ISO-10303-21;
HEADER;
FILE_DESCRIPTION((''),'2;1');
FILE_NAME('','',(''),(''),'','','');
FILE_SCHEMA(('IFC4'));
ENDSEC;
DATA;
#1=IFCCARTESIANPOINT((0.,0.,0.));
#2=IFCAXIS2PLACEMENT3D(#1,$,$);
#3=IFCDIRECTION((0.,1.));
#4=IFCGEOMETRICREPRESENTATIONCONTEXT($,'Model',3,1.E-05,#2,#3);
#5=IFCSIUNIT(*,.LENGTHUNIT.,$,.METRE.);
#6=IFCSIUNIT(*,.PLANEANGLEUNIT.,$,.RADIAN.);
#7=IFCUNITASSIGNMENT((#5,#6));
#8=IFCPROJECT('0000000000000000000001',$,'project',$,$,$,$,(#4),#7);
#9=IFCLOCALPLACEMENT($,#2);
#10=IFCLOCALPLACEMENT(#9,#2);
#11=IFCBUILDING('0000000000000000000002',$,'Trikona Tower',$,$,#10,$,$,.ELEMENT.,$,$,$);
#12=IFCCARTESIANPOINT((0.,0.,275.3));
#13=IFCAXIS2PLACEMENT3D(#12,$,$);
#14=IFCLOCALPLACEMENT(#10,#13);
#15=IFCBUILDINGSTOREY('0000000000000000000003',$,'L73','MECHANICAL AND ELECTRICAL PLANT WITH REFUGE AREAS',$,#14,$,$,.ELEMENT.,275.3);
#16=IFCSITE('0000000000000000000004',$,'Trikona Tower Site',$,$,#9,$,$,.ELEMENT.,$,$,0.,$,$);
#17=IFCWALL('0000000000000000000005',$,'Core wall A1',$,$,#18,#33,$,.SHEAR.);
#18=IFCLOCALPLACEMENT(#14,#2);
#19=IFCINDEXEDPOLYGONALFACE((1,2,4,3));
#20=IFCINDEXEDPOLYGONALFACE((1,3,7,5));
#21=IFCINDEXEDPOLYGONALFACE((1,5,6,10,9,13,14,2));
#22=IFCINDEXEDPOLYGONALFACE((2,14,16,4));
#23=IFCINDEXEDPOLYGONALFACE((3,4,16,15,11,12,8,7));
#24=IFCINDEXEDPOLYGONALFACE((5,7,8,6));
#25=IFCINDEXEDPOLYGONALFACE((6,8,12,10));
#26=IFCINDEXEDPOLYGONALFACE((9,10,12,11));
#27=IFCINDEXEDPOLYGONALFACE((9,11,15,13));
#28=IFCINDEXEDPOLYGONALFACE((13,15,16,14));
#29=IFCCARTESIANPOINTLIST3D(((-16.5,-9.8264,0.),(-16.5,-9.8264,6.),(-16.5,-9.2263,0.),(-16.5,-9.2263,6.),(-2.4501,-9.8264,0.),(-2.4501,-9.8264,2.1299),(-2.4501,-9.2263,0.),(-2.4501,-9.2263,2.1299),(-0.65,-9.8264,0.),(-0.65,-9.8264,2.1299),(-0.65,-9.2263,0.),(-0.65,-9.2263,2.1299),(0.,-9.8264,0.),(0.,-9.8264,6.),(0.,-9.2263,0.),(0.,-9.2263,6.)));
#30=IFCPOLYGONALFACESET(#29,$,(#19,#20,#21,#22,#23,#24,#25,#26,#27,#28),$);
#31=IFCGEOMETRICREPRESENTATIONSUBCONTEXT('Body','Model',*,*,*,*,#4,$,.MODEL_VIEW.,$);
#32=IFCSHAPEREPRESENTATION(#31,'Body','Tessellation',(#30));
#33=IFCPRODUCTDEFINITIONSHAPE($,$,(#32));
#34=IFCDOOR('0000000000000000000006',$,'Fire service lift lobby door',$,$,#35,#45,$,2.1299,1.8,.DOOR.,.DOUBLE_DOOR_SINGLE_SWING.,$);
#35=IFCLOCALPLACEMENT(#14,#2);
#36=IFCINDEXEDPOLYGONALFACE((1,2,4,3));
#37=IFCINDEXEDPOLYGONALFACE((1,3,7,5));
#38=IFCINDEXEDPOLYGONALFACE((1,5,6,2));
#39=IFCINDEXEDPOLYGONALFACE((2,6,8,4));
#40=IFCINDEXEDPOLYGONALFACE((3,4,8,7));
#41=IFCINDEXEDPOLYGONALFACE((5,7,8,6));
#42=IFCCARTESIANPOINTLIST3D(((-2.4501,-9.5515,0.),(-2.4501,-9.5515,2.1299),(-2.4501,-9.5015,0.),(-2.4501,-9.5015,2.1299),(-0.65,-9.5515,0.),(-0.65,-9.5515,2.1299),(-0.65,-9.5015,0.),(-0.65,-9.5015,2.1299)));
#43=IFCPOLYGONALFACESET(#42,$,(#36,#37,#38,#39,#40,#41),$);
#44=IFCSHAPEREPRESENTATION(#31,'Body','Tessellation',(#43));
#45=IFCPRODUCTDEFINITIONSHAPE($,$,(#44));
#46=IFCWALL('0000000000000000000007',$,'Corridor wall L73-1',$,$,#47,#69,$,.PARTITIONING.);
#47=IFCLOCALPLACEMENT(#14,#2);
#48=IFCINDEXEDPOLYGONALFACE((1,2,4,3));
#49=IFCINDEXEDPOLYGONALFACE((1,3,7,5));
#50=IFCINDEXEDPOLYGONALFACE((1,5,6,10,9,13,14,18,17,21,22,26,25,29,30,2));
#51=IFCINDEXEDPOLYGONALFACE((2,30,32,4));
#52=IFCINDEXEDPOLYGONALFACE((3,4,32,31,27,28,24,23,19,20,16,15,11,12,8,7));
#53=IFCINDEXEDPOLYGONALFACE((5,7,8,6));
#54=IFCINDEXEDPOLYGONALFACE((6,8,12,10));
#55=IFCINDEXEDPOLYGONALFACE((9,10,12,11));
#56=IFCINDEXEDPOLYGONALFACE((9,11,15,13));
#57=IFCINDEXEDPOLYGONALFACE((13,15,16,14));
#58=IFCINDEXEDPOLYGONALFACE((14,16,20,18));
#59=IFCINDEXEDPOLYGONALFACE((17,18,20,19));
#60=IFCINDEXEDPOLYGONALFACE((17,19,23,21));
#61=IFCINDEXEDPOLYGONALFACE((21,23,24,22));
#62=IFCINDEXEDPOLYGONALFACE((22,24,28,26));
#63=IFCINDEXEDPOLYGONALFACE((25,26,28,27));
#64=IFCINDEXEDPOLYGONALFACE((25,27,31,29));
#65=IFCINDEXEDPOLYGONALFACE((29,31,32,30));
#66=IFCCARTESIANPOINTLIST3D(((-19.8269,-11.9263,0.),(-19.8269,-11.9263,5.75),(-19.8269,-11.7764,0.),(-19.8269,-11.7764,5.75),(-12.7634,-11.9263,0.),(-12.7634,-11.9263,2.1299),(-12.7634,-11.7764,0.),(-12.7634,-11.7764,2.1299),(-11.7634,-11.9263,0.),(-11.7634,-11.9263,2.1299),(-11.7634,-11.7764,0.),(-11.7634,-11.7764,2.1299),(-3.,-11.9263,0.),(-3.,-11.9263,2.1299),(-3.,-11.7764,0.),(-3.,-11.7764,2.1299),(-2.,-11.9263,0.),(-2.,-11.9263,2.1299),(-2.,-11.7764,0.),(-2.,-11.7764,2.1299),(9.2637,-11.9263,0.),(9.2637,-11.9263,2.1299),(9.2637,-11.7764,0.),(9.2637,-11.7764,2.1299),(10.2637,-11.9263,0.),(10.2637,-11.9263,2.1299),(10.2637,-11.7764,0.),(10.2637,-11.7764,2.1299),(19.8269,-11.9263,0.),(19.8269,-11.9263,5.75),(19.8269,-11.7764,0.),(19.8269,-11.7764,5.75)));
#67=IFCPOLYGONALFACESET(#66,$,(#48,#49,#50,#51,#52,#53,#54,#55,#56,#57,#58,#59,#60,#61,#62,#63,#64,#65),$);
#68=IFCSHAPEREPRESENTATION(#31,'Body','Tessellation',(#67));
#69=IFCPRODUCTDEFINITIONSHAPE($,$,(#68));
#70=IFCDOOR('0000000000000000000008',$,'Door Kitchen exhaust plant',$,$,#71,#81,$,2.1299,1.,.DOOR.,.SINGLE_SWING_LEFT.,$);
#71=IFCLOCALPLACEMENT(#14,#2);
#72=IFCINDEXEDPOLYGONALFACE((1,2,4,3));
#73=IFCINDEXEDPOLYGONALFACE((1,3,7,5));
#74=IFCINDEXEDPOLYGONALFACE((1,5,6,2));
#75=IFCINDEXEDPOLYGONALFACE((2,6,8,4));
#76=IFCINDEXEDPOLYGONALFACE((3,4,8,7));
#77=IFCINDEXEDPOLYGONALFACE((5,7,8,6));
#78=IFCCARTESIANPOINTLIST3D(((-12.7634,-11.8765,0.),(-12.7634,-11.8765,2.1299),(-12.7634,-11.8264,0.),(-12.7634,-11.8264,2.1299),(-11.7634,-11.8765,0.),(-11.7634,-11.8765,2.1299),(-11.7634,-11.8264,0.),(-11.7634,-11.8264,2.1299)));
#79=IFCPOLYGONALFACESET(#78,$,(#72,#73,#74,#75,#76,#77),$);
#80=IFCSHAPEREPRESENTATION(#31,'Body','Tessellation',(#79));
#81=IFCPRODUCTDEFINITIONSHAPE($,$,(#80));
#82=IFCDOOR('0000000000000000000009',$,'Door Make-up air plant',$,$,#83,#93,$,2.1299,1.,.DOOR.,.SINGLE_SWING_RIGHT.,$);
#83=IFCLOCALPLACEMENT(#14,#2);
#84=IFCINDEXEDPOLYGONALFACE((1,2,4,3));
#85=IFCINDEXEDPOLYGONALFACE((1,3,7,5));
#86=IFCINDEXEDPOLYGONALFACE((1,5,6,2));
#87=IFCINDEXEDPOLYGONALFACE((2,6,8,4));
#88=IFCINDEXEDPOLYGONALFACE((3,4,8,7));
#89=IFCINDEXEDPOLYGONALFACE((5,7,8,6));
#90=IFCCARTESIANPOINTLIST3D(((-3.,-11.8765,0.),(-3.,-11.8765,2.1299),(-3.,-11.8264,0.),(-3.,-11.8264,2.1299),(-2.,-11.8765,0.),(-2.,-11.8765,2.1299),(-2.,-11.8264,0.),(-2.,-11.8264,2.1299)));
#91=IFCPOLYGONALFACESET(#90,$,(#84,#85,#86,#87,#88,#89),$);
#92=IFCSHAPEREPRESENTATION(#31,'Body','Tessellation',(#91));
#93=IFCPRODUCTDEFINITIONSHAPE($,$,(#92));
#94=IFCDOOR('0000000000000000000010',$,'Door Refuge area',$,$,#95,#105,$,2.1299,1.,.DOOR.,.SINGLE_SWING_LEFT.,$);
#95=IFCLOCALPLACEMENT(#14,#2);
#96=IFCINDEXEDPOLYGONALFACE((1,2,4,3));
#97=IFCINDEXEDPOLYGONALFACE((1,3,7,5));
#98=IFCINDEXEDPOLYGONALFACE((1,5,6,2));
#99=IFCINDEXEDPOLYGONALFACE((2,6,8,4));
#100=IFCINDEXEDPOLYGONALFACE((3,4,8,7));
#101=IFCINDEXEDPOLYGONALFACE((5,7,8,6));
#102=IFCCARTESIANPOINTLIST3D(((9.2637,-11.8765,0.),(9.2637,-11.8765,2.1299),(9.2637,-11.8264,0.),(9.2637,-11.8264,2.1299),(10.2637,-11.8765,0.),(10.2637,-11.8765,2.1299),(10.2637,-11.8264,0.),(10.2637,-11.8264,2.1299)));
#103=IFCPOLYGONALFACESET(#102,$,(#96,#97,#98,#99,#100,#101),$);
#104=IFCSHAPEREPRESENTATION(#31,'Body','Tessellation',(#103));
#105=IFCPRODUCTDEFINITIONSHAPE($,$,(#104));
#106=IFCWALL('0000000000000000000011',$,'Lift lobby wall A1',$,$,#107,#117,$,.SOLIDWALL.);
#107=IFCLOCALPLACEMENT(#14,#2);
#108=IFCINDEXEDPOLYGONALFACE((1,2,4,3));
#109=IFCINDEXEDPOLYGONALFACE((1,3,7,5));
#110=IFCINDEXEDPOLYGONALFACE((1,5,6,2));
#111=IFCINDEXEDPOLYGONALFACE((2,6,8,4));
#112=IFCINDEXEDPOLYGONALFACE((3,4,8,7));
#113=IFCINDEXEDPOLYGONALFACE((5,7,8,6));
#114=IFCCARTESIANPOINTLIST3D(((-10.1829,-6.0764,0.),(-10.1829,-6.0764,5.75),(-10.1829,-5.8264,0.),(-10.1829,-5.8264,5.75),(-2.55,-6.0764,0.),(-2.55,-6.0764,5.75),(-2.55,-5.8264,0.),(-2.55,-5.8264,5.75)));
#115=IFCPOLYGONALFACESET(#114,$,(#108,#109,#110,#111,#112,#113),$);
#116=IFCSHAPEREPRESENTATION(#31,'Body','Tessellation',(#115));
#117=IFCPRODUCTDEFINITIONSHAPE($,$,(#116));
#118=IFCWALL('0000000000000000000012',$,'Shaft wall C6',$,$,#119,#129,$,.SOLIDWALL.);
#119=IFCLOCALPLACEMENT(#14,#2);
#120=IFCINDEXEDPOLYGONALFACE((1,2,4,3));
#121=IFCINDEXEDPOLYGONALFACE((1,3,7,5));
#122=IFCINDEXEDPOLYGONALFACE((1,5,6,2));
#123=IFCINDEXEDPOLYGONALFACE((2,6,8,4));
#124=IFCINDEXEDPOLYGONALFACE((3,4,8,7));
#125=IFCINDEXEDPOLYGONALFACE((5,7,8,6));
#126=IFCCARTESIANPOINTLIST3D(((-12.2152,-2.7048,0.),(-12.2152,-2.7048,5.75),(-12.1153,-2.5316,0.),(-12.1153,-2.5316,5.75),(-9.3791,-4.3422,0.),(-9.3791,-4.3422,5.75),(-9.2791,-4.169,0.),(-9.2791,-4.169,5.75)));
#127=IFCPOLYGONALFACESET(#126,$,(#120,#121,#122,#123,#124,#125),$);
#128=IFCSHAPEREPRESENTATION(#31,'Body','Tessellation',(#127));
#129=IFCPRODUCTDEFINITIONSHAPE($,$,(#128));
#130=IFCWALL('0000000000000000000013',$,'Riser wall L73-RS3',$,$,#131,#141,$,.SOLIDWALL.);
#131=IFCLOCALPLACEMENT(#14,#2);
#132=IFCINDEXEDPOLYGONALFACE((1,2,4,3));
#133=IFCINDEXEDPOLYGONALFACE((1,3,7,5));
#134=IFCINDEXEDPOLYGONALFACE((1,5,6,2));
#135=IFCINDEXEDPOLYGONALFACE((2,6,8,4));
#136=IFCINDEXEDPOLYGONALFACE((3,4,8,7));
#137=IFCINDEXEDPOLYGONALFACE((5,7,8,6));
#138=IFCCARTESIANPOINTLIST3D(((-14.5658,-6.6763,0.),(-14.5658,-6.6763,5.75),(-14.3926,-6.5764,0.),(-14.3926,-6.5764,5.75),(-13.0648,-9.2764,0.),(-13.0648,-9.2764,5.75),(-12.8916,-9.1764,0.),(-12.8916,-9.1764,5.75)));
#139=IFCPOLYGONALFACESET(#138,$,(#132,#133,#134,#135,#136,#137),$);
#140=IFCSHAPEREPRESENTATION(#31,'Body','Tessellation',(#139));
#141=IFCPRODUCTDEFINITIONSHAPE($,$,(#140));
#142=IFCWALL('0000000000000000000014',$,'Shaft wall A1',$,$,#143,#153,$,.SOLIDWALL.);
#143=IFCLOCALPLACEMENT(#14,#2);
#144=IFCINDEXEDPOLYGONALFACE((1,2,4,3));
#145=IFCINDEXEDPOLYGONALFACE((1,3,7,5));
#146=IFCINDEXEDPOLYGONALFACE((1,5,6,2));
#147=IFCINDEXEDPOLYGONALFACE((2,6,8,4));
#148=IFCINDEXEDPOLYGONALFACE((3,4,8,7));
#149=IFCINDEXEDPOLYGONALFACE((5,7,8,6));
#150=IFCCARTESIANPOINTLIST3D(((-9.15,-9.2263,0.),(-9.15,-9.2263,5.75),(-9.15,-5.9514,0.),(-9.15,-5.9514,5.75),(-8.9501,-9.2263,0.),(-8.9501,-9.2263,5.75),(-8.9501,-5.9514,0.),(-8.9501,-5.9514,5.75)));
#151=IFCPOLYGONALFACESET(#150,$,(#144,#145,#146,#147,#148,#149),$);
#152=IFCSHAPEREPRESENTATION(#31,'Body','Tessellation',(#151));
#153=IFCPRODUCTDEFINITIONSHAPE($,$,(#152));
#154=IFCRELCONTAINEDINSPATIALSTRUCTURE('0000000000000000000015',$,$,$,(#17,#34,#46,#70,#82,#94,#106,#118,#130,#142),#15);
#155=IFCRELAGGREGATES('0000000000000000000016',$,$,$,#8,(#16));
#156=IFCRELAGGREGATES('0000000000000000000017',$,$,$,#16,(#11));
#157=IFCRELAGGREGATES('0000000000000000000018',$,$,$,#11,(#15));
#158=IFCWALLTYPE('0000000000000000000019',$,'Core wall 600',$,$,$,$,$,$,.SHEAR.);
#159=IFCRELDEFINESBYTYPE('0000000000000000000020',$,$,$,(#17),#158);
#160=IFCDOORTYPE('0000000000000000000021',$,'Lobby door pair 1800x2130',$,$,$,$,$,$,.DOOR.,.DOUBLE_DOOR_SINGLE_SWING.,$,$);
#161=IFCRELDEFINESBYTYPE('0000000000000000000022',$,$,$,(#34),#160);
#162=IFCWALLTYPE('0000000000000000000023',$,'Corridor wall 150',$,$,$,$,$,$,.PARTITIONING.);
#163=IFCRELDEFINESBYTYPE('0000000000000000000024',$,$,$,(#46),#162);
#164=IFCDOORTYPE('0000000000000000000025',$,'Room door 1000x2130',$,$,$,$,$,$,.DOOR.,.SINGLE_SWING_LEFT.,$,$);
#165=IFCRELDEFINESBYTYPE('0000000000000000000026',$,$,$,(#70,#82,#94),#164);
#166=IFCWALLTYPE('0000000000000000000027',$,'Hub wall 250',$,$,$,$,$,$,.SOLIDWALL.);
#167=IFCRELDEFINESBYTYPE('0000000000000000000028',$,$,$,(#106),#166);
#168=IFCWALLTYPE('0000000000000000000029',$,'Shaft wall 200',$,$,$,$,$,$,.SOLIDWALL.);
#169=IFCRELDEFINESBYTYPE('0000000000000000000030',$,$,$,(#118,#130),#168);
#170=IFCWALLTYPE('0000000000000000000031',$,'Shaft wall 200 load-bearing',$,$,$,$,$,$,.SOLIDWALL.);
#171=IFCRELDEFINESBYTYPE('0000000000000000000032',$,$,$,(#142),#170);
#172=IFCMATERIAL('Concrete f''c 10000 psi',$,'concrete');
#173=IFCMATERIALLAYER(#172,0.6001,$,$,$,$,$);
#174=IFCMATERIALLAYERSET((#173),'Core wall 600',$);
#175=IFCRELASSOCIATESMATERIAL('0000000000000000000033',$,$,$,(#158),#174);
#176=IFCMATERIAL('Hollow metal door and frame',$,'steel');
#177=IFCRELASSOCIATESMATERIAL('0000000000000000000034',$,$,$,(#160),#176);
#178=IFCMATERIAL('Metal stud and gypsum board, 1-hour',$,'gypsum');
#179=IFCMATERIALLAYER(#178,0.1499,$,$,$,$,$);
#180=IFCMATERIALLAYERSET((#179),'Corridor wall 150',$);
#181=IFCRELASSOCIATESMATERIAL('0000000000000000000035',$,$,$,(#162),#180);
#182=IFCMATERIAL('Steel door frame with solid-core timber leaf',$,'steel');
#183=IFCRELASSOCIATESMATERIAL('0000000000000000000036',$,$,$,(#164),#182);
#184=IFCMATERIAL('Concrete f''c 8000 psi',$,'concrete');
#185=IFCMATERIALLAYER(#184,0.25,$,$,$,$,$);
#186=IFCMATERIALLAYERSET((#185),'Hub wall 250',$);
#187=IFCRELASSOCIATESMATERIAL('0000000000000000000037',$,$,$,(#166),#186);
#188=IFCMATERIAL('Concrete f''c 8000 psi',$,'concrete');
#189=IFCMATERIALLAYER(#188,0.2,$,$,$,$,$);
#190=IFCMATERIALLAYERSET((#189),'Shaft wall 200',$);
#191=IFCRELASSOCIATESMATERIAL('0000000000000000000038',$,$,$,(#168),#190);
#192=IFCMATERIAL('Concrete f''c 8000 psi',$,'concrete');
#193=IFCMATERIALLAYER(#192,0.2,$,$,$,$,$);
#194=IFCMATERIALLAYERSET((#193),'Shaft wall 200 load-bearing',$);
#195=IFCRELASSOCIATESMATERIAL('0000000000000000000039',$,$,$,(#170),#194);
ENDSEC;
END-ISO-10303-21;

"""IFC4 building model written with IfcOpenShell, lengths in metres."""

from ifc_helpers import new_model, si_unit, direction, frame, frame_2d, origin, place, context, subcontext, project, spatial, rectangle, extrude, material, layer, layer_set, type_object, element, fill, save


model = new_model("IFC4")

# Units and contexts
model_context = context("Model", 3, precision=1e-05, world=origin(), true_north=direction((0.0, 1.0)))
body_context = subcontext(model_context, "Body", "Model", "MODEL_VIEW")
ifc_project = project(units=[si_unit("LENGTHUNIT", "METRE"), si_unit("PLANEANGLEUNIT", "RADIAN")], contexts=[model_context])

# Site, building, storey
site_placement = place(None, origin())
site = spatial("IfcSite", under=ifc_project, at=site_placement, Name="Trikona Tower Site", CompositionType="ELEMENT", RefElevation=0.0)
building_placement = place(site_placement, origin())
building = spatial("IfcBuilding", under=site, at=building_placement, Name="Trikona Tower", CompositionType="ELEMENT")
storey_placement = place(building_placement, frame((0.0, 0.0, 275.3)))
storey = spatial("IfcBuildingStorey", under=building, at=storey_placement, Name="L73", Description="MECHANICAL AND ELECTRICAL PLANT WITH REFUGE AREAS", CompositionType="ELEMENT", Elevation=275.3)

# Wall, opening, door
ifc_material_1 = material(Name="Concrete f'c 10000 psi", Category="concrete")
ifc_layer_1 = layer(ifc_material_1, 0.6001)
ifc_layer_set_1 = layer_set([ifc_layer_1], Name="Core wall 600")
wall_type_1 = type_object("IfcWallType", Name="Core wall 600", PredefinedType="SHEAR", material=ifc_layer_set_1)
wall_1_placement = place(storey_placement, frame((-16.5, -9.5264, 0.0), z_axis=(0.0, 0.0, 1.0), x_axis=(1.0, 0.0, 0.0)))
wall_1 = element("IfcWall", 1, at=wall_1_placement, inside=storey, type_object=wall_type_1, Name="Core wall A1", PredefinedType="SHEAR", context=body_context, shape_type="SweptSolid", body=[
    extrude(rectangle(XDim=16.5, YDim=0.6001, at=frame_2d((8.25, 0.0))), origin(), (0.0, 0.0, 1.0), 6.0),
])
opening_1_placement = place(wall_1_placement, frame((14.05, 0.0, 0.0)))
opening_1 = element("IfcOpeningElement", 2, at=opening_1_placement, cuts=wall_1, PredefinedType="OPENING", context=body_context, shape_type="SweptSolid", body=[
    extrude(rectangle(XDim=1.8, YDim=2.1299, at=frame_2d((0.8999, 1.0649))), frame((0.0, 0.3101, 0.0), z_axis=(0.0, -1.0, 0.0), x_axis=(1.0, 0.0, 0.0)), (0.0, 0.0, 1.0), 0.6201),
])
ifc_material_2 = material(Name="Hollow metal door and frame", Category="steel")
door_type_1 = type_object("IfcDoorType", Name="Lobby door pair 1800x2130", OperationType="DOUBLE_DOOR_SINGLE_SWING", PredefinedType="DOOR", material=ifc_material_2)
door_1_placement = place(opening_1_placement, origin())
door_1 = element("IfcDoor", 3, at=door_1_placement, inside=storey, type_object=door_type_1, Name="Fire service lift lobby door", OperationType="DOUBLE_DOOR_SINGLE_SWING", OverallHeight=2.1299, OverallWidth=1.8, PredefinedType="DOOR", context=body_context, shape_type="SweptSolid", body=[
    extrude(rectangle(XDim=1.8, YDim=2.1299, at=frame_2d((0.8999, 1.0649))), frame((0.0, 0.0249, 0.0), z_axis=(0.0, -1.0, 0.0), x_axis=(1.0, 0.0, 0.0)), (0.0, 0.0, 1.0), 0.05),
])
fill(opening_1, door_1)

# Wall, openings, doors
ifc_material_3 = material(Name="Metal stud and gypsum board, 1-hour", Category="gypsum")
ifc_layer_2 = layer(ifc_material_3, 0.1499)
ifc_layer_set_2 = layer_set([ifc_layer_2], Name="Corridor wall 150")
wall_type_2 = type_object("IfcWallType", Name="Corridor wall 150", PredefinedType="PARTITIONING", material=ifc_layer_set_2)
wall_2_placement = place(storey_placement, frame((-19.8269, -11.8513, 0.0), z_axis=(0.0, 0.0, 1.0), x_axis=(1.0, 0.0, 0.0)))
wall_2 = element("IfcWall", 4, at=wall_2_placement, inside=storey, type_object=wall_type_2, Name="Corridor wall L73-1", PredefinedType="PARTITIONING", context=body_context, shape_type="SweptSolid", body=[
    extrude(rectangle(XDim=39.6538, YDim=0.1499, at=frame_2d((19.8269, 0.0))), origin(), (0.0, 0.0, 1.0), 5.75),
])
opening_2_placement = place(wall_2_placement, frame((7.0635, 0.0, 0.0)))
opening_2 = element("IfcOpeningElement", 5, at=opening_2_placement, cuts=wall_2, PredefinedType="OPENING", context=body_context, shape_type="SweptSolid", body=[
    extrude(rectangle(XDim=1.0, YDim=2.1299, at=frame_2d((0.5, 1.0649))), frame((0.0, 0.085, 0.0), z_axis=(0.0, -1.0, 0.0), x_axis=(1.0, 0.0, 0.0)), (0.0, 0.0, 1.0), 0.1699),
])
opening_3_placement = place(wall_2_placement, frame((16.8269, 0.0, 0.0)))
opening_3 = element("IfcOpeningElement", 6, at=opening_3_placement, cuts=wall_2, PredefinedType="OPENING", context=body_context, shape_type="SweptSolid", body=[
    extrude(rectangle(XDim=1.0, YDim=2.1299, at=frame_2d((0.5, 1.0649))), frame((0.0, 0.085, 0.0), z_axis=(0.0, -1.0, 0.0), x_axis=(1.0, 0.0, 0.0)), (0.0, 0.0, 1.0), 0.1699),
])
opening_4_placement = place(wall_2_placement, frame((29.0906, 0.0, 0.0)))
opening_4 = element("IfcOpeningElement", 7, at=opening_4_placement, cuts=wall_2, PredefinedType="OPENING", context=body_context, shape_type="SweptSolid", body=[
    extrude(rectangle(XDim=1.0, YDim=2.1299, at=frame_2d((0.5, 1.0649))), frame((0.0, 0.085, 0.0), z_axis=(0.0, -1.0, 0.0), x_axis=(1.0, 0.0, 0.0)), (0.0, 0.0, 1.0), 0.1699),
])
ifc_material_4 = material(Name="Steel door frame with solid-core timber leaf", Category="steel")
door_type_2 = type_object("IfcDoorType", Name="Room door 1000x2130", OperationType="SINGLE_SWING_LEFT", PredefinedType="DOOR", material=ifc_material_4)
door_2_placement = place(opening_2_placement, origin())
door_2 = element("IfcDoor", 8, at=door_2_placement, inside=storey, type_object=door_type_2, Name="Door Kitchen exhaust plant", OperationType="SINGLE_SWING_LEFT", OverallHeight=2.1299, OverallWidth=1.0, PredefinedType="DOOR", context=body_context, shape_type="SweptSolid", body=[
    extrude(rectangle(XDim=1.0, YDim=2.1299, at=frame_2d((0.5, 1.0649))), frame((0.0, 0.0249, 0.0), z_axis=(0.0, -1.0, 0.0), x_axis=(1.0, 0.0, 0.0)), (0.0, 0.0, 1.0), 0.05),
])
fill(opening_2, door_2)
door_3_placement = place(opening_3_placement, origin())
door_3 = element("IfcDoor", 9, at=door_3_placement, inside=storey, type_object=door_type_2, Name="Door Make-up air plant", OperationType="SINGLE_SWING_RIGHT", OverallHeight=2.1299, OverallWidth=1.0, PredefinedType="DOOR", context=body_context, shape_type="SweptSolid", body=[
    extrude(rectangle(XDim=1.0, YDim=2.1299, at=frame_2d((0.5, 1.0649))), frame((0.0, 0.0249, 0.0), z_axis=(0.0, -1.0, 0.0), x_axis=(1.0, 0.0, 0.0)), (0.0, 0.0, 1.0), 0.05),
])
fill(opening_3, door_3)
door_4_placement = place(opening_4_placement, origin())
door_4 = element("IfcDoor", 10, at=door_4_placement, inside=storey, type_object=door_type_2, Name="Door Refuge area", OperationType="SINGLE_SWING_LEFT", OverallHeight=2.1299, OverallWidth=1.0, PredefinedType="DOOR", context=body_context, shape_type="SweptSolid", body=[
    extrude(rectangle(XDim=1.0, YDim=2.1299, at=frame_2d((0.5, 1.0649))), frame((0.0, 0.0249, 0.0), z_axis=(0.0, -1.0, 0.0), x_axis=(1.0, 0.0, 0.0)), (0.0, 0.0, 1.0), 0.05),
])
fill(opening_4, door_4)

# Walls
ifc_material_5 = material(Name="Concrete f'c 8000 psi", Category="concrete")
ifc_layer_3 = layer(ifc_material_5, 0.25)
ifc_layer_set_3 = layer_set([ifc_layer_3], Name="Hub wall 250")
wall_type_3 = type_object("IfcWallType", Name="Hub wall 250", PredefinedType="SOLIDWALL", material=ifc_layer_set_3)
wall_3_placement = place(storey_placement, frame((-10.1829, -5.9514, 0.0), z_axis=(0.0, 0.0, 1.0), x_axis=(1.0, 0.0, 0.0)))
element("IfcWall", 11, at=wall_3_placement, inside=storey, type_object=wall_type_3, Name="Lift lobby wall A1", PredefinedType="SOLIDWALL", context=body_context, shape_type="SweptSolid", body=[
    extrude(rectangle(XDim=7.6328, YDim=0.25, at=frame_2d((3.8164, 0.0))), origin(), (0.0, 0.0, 1.0), 5.75),
])
ifc_material_6 = material(Name="Concrete f'c 8000 psi", Category="concrete")
ifc_layer_4 = layer(ifc_material_6, 0.2)
ifc_layer_set_4 = layer_set([ifc_layer_4], Name="Shaft wall 200")
wall_type_4 = type_object("IfcWallType", Name="Shaft wall 200", PredefinedType="SOLIDWALL", material=ifc_layer_set_4)
wall_4_placement = place(storey_placement, frame((-9.3291, -4.2556, 0.0), z_axis=(0.0, 0.0, 1.0), x_axis=(-0.866028, 0.499996, 0.0)))
element("IfcWall", 12, at=wall_4_placement, inside=storey, type_object=wall_type_4, Name="Shaft wall C6", PredefinedType="SOLIDWALL", context=body_context, shape_type="SweptSolid", body=[
    extrude(rectangle(XDim=3.2749, YDim=0.2, at=frame_2d((1.6375, 0.0))), origin(), (0.0, 0.0, 1.0), 5.75),
])
wall_5_placement = place(storey_placement, frame((-12.9783, -9.2263, 0.0), z_axis=(0.0, 0.0, 1.0), x_axis=(-0.499952, 0.866053, 0.0)))
element("IfcWall", 13, at=wall_5_placement, inside=storey, type_object=wall_type_4, Name="Riser wall L73-RS3", PredefinedType="SOLIDWALL", context=body_context, shape_type="SweptSolid", body=[
    extrude(rectangle(XDim=3.0022, YDim=0.2, at=frame_2d((1.501, 0.0))), origin(), (0.0, 0.0, 1.0), 5.75),
])
ifc_material_7 = material(Name="Concrete f'c 8000 psi", Category="concrete")
ifc_layer_5 = layer(ifc_material_7, 0.2)
ifc_layer_set_5 = layer_set([ifc_layer_5], Name="Shaft wall 200 load-bearing")
wall_type_5 = type_object("IfcWallType", Name="Shaft wall 200 load-bearing", PredefinedType="SOLIDWALL", material=ifc_layer_set_5)
wall_6_placement = place(storey_placement, frame((-9.05, -5.9514, 0.0), z_axis=(0.0, 0.0, 1.0), x_axis=(0.0, -1.0, 0.0)))
element("IfcWall", 14, at=wall_6_placement, inside=storey, type_object=wall_type_5, Name="Shaft wall A1", PredefinedType="SOLIDWALL", context=body_context, shape_type="SweptSolid", body=[
    extrude(rectangle(XDim=3.2749, YDim=0.2, at=frame_2d((1.6375, 0.0))), origin(), (0.0, 0.0, 1.0), 5.75),
])

save(model, "model.ifc")
